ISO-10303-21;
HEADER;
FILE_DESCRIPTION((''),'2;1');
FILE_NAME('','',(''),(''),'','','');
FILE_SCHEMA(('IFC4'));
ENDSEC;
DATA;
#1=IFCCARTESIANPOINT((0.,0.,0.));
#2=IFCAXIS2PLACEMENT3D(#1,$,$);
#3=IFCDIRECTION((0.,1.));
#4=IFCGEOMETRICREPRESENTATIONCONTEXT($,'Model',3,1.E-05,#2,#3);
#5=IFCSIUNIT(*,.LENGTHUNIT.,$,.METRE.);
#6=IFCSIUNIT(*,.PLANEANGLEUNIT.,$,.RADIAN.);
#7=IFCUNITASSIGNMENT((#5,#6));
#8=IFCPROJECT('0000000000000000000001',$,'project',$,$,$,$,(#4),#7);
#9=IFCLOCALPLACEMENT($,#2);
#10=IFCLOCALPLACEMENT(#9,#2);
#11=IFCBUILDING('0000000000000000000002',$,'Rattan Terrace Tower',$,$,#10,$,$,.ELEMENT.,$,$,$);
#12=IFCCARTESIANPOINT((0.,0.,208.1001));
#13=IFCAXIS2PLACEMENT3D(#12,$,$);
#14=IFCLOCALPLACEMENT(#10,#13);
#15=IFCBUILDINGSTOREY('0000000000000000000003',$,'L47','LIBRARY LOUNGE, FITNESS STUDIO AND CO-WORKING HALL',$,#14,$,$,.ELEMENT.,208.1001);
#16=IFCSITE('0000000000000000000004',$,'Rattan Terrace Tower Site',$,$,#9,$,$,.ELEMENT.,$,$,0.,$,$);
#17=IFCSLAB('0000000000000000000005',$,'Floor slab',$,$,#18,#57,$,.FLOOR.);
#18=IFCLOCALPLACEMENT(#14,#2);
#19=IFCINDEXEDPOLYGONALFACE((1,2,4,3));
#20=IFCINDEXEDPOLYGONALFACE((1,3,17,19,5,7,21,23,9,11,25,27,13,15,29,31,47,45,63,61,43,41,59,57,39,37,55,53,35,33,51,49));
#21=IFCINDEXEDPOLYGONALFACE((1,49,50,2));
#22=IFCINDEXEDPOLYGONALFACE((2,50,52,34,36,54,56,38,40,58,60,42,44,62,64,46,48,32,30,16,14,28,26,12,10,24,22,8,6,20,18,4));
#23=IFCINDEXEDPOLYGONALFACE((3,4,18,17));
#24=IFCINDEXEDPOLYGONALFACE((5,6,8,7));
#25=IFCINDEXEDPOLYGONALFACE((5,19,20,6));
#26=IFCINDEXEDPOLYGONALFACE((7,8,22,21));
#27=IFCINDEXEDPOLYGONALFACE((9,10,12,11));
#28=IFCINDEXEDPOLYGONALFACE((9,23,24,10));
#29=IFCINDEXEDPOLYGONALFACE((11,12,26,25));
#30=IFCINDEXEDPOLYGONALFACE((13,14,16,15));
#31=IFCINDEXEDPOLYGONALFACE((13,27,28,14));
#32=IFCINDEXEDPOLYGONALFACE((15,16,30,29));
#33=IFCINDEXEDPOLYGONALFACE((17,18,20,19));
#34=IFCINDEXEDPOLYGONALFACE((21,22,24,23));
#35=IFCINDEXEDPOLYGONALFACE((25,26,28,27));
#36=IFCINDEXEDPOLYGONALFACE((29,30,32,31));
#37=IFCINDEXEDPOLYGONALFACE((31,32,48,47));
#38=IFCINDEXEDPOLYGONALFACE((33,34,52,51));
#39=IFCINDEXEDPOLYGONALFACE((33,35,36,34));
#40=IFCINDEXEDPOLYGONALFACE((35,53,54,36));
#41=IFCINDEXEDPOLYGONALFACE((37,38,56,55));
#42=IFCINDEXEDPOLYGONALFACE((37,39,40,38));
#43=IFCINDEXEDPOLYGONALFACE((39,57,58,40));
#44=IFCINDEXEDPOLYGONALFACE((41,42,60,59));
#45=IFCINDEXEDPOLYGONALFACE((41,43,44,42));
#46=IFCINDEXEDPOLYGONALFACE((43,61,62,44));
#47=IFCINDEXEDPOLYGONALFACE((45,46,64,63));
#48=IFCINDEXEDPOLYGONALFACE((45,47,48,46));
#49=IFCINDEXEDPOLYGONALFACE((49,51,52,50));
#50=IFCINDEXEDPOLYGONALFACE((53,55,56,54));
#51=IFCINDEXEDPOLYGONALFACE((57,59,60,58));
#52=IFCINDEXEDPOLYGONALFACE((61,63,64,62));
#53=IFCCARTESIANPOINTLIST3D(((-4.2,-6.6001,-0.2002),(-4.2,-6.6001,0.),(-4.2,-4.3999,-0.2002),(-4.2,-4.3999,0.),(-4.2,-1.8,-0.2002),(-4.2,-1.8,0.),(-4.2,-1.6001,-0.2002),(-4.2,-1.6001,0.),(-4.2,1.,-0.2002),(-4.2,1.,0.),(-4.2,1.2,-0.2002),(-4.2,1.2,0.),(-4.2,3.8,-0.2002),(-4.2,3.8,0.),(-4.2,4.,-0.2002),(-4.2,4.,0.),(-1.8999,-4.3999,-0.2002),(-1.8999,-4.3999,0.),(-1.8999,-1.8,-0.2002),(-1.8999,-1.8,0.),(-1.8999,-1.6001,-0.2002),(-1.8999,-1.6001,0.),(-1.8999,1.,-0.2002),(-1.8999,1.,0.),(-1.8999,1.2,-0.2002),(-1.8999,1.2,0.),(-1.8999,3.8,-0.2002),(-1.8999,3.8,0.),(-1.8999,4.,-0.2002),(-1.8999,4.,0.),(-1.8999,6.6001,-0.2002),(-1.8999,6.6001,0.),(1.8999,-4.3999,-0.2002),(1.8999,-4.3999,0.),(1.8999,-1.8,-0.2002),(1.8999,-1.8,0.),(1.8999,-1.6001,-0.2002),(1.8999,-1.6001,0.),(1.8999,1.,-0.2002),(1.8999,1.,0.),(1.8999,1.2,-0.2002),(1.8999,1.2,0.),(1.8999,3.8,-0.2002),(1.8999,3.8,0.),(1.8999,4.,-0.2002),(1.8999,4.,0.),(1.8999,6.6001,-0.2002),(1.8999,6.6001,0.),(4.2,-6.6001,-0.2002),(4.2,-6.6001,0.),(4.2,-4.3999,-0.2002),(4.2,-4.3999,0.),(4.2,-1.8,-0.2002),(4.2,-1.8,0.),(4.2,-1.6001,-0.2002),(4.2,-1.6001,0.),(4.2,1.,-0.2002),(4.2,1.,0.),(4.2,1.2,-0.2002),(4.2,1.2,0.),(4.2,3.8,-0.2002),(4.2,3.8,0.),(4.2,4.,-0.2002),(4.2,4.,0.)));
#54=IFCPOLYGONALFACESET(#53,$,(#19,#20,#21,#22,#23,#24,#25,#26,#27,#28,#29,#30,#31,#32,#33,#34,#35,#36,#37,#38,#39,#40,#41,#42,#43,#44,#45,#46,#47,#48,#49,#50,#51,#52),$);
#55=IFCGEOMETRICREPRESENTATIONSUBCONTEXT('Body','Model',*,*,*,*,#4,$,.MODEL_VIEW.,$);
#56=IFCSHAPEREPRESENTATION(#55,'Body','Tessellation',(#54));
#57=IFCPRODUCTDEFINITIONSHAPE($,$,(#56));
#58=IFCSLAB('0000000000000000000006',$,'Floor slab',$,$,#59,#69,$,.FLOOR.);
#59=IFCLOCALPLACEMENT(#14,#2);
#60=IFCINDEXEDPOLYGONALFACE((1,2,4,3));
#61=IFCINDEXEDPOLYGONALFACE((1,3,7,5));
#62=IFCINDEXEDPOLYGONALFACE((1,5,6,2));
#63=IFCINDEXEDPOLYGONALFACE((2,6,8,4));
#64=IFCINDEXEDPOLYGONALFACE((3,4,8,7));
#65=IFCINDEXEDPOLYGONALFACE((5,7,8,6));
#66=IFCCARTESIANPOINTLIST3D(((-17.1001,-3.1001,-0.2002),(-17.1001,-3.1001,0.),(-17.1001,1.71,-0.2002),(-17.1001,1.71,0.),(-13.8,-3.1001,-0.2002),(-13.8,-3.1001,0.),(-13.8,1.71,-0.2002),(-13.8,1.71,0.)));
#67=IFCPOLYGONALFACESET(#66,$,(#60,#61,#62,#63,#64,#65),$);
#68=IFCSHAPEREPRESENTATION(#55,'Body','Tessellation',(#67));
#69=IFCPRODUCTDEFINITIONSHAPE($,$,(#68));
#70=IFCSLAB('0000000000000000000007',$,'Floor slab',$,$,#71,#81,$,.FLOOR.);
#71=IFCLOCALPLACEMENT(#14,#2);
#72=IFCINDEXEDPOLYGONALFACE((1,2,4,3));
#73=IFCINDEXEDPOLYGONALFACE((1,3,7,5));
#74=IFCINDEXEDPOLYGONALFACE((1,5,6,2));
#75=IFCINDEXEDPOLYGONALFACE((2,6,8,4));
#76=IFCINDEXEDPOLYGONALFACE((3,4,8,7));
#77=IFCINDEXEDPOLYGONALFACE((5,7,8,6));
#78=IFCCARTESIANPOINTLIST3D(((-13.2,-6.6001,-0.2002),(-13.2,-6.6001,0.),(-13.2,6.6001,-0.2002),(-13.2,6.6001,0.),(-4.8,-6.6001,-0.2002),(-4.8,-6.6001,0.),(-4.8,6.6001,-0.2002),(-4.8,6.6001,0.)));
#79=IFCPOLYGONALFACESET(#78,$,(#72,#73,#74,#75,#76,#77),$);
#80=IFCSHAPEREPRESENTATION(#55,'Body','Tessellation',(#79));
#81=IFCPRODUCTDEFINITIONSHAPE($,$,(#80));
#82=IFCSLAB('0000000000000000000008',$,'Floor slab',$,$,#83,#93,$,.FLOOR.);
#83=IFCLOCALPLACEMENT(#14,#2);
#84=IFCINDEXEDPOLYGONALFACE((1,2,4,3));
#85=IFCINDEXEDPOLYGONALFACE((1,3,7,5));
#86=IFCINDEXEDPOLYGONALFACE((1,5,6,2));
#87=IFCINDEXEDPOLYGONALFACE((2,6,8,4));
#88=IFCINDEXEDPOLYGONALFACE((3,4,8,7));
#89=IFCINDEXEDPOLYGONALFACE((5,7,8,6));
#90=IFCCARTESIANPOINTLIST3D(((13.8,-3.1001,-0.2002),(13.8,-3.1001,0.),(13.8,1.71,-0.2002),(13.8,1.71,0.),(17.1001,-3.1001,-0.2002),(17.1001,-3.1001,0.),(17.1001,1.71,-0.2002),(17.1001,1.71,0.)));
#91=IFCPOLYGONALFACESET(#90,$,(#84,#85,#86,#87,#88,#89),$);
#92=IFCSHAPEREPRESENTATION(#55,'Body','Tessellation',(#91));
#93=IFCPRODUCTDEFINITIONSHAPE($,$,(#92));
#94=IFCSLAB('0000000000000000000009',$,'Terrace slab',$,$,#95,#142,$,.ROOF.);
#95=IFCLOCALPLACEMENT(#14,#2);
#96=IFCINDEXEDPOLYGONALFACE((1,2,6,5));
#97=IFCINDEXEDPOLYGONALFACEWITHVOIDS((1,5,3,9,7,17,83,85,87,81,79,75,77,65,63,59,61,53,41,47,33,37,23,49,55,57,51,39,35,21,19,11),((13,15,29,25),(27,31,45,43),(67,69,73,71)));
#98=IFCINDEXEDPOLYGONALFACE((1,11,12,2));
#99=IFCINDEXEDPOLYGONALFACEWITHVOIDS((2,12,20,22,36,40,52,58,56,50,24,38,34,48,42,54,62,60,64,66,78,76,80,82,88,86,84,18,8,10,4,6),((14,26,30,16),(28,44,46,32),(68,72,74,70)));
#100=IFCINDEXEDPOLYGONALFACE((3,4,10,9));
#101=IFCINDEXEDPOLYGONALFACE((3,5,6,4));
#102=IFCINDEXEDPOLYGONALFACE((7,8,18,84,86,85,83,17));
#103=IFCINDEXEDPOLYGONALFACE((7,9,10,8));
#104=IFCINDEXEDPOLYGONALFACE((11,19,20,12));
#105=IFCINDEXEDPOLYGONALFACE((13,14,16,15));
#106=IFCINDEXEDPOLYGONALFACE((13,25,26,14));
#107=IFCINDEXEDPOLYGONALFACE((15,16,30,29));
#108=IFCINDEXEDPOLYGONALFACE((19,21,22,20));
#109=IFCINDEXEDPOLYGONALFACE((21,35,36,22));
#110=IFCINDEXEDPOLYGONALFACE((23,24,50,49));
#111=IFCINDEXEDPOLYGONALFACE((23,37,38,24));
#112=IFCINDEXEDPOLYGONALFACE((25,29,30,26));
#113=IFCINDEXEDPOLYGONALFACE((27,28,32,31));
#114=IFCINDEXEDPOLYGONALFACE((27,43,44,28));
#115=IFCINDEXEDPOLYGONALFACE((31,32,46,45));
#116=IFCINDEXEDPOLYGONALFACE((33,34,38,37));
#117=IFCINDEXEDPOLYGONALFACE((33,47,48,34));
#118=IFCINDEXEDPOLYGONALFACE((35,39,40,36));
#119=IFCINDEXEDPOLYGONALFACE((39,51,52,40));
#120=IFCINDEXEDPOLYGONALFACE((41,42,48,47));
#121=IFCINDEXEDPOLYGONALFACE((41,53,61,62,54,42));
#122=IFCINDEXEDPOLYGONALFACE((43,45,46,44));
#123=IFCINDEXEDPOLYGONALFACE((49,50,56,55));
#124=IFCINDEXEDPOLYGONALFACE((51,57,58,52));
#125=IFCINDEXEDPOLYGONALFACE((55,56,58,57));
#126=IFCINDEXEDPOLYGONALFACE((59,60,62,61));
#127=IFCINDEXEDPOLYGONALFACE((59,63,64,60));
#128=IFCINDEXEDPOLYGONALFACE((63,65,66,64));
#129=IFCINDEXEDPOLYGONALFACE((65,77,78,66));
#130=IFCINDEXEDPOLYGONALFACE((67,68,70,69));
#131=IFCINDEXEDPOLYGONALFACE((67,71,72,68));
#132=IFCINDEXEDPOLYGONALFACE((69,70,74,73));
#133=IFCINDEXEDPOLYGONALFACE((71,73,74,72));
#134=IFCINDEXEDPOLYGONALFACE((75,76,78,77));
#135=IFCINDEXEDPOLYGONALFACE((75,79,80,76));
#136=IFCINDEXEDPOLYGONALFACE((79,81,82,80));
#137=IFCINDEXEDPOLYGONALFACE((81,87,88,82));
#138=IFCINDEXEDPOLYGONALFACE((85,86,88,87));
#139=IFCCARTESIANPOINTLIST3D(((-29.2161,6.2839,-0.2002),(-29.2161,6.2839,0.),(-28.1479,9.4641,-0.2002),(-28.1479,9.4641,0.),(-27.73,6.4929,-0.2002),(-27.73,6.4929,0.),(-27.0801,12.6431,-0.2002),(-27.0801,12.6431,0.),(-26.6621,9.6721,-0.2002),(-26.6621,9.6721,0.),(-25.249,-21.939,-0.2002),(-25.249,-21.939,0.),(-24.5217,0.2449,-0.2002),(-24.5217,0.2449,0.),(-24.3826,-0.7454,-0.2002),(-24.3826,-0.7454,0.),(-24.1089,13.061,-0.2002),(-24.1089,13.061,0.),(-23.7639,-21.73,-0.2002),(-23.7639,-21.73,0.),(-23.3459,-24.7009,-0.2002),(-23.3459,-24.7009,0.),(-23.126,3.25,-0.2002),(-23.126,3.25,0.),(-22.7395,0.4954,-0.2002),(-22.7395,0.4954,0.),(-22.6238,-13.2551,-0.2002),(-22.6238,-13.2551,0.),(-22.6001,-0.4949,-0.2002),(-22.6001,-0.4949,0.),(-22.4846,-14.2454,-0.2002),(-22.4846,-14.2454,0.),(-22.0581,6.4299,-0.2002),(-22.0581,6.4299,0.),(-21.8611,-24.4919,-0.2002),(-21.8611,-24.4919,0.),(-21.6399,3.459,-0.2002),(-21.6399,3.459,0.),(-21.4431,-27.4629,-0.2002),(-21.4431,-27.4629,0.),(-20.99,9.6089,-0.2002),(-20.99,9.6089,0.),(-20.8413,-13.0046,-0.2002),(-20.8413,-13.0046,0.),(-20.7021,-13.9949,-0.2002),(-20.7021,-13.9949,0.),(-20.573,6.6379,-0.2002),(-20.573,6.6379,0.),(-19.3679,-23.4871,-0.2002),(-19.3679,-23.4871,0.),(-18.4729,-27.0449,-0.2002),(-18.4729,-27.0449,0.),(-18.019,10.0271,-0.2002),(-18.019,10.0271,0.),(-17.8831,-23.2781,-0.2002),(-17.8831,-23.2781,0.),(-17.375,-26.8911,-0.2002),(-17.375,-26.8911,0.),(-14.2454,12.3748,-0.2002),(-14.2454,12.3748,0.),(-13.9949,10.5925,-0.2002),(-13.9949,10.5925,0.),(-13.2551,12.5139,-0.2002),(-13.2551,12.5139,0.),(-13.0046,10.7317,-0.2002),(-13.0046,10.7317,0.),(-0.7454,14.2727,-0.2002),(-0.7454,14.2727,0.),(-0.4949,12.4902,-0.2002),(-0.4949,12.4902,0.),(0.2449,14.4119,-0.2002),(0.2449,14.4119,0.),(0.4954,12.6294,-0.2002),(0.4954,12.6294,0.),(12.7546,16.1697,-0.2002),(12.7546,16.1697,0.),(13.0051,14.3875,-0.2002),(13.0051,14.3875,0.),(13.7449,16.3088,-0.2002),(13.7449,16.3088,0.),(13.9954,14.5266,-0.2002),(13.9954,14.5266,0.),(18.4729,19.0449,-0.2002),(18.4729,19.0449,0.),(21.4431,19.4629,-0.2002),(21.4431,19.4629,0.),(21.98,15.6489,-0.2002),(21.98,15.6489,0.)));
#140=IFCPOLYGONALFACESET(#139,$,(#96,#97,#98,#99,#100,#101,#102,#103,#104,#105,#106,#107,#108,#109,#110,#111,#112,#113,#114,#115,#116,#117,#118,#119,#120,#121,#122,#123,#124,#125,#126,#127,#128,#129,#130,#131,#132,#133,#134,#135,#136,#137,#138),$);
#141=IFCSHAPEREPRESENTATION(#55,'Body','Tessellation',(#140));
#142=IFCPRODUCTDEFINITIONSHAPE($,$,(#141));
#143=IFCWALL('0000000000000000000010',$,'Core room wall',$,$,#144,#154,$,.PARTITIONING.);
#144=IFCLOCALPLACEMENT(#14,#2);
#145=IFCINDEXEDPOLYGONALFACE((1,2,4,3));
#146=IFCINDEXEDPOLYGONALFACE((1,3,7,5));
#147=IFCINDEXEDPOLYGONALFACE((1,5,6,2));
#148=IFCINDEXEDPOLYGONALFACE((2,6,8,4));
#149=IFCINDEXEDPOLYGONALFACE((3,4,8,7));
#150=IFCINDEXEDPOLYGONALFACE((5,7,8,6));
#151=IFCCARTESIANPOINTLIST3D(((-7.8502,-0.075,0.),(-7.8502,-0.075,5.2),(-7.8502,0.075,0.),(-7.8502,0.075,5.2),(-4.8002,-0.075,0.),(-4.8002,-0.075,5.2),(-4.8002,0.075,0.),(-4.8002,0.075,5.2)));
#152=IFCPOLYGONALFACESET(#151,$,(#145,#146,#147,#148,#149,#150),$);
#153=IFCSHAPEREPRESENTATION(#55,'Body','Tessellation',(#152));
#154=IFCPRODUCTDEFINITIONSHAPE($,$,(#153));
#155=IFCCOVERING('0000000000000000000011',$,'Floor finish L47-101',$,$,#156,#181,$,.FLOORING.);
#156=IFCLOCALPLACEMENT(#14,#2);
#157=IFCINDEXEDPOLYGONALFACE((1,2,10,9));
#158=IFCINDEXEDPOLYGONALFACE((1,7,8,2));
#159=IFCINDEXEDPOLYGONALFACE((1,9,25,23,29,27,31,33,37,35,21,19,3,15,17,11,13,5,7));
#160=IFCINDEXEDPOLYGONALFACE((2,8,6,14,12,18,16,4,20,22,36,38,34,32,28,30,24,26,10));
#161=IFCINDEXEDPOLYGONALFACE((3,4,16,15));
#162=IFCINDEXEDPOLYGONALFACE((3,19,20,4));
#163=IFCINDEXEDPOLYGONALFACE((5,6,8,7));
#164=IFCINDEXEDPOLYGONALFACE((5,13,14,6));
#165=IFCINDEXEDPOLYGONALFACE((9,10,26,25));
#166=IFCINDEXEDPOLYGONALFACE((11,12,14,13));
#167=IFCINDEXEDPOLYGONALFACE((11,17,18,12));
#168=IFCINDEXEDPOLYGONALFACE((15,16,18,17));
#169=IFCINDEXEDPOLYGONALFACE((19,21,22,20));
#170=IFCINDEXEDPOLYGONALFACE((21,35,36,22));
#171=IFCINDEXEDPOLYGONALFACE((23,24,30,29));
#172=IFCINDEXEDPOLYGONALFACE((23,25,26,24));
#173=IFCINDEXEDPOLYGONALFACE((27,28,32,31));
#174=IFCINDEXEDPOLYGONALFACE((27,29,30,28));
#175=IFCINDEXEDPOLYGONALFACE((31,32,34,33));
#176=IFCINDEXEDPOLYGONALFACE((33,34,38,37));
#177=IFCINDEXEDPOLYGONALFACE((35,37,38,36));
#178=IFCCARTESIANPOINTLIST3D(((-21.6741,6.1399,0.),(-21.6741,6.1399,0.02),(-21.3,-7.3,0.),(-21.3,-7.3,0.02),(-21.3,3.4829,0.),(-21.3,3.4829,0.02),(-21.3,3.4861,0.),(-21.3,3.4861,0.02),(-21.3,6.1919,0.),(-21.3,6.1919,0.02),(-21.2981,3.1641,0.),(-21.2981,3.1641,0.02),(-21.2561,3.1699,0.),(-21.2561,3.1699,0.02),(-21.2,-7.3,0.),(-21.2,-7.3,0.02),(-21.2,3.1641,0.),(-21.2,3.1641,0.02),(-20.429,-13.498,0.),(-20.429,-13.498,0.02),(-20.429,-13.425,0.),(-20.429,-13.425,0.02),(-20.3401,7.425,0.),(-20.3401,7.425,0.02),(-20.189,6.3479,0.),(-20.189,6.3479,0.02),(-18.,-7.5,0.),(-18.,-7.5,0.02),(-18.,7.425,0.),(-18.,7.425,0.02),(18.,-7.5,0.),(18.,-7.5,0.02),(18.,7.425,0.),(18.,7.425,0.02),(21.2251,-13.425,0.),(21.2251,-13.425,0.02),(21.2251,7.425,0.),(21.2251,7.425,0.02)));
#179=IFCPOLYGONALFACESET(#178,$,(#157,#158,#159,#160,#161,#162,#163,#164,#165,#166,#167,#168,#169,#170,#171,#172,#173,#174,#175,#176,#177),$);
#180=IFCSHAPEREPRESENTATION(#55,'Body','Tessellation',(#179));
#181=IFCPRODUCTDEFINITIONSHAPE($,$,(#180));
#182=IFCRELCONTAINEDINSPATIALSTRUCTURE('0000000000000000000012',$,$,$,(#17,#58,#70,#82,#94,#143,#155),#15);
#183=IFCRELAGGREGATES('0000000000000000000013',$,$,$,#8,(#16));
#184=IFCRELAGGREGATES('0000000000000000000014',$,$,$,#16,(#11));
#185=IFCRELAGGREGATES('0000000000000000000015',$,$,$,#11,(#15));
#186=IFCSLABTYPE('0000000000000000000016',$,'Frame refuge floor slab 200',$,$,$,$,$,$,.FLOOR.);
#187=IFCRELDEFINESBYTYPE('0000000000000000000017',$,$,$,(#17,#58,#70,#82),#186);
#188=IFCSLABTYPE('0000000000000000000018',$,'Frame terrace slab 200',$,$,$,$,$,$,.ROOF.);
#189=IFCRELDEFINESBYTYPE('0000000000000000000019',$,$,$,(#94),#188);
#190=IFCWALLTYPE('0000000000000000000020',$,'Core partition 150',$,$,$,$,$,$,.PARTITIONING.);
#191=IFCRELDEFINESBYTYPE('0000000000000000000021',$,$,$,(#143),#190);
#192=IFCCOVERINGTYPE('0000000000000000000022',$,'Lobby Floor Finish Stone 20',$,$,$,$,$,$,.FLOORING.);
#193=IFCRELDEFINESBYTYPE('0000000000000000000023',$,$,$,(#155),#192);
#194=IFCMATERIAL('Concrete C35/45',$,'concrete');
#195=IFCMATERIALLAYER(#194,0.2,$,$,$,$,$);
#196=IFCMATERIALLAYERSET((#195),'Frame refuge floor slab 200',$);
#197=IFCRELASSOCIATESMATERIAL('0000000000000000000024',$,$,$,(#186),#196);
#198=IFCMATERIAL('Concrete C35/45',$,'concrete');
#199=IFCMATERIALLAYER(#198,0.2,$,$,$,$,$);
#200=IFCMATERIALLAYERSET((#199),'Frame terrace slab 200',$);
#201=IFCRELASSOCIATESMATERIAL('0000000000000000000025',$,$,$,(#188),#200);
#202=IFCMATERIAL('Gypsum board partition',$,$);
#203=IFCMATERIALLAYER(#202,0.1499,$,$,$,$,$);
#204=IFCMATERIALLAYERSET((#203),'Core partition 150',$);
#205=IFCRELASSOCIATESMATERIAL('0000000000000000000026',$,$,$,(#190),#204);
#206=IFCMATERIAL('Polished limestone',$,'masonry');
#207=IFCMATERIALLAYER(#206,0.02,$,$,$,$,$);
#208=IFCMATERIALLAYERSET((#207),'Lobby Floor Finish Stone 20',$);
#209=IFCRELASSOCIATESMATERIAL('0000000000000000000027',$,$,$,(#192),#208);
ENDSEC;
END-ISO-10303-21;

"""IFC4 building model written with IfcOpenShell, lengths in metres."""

from ifc_helpers import new_model, si_unit, direction, frame, frame_2d, origin, place, context, subcontext, project, spatial, polyline, rectangle, outline, extrude, material, layer, layer_set, type_object, element, save


model = new_model("IFC4")

# Units and contexts
model_context = context("Model", 3, precision=1e-05, world=origin(), true_north=direction((0.0, 1.0)))
body_context = subcontext(model_context, "Body", "Model", "MODEL_VIEW")
ifc_project = project(units=[si_unit("LENGTHUNIT", "METRE"), si_unit("PLANEANGLEUNIT", "RADIAN")], contexts=[model_context])

# Site, building, storey
site_placement = place(None, origin())
site = spatial("IfcSite", under=ifc_project, at=site_placement, Name="Rattan Terrace Tower Site", CompositionType="ELEMENT", RefElevation=0.0)
building_placement = place(site_placement, origin())
building = spatial("IfcBuilding", under=site, at=building_placement, Name="Rattan Terrace Tower", CompositionType="ELEMENT")
storey_placement = place(building_placement, frame((0.0, 0.0, 208.1001)))
storey = spatial("IfcBuildingStorey", under=building, at=storey_placement, Name="L47", Description="LIBRARY LOUNGE, FITNESS STUDIO AND CO-WORKING HALL", CompositionType="ELEMENT", Elevation=208.1001)

# Slabs
ifc_material_1 = material(Name="Concrete C35/45", Category="concrete")
ifc_layer_1 = layer(ifc_material_1, 0.2)
ifc_layer_set_1 = layer_set([ifc_layer_1], Name="Frame refuge floor slab 200")
slab_type_1 = type_object("IfcSlabType", Name="Frame refuge floor slab 200", PredefinedType="FLOOR", material=ifc_layer_set_1)
slab_1_placement = place(storey_placement, frame((0.0, 0.0, -0.2002)))
element("IfcSlab", 1, at=slab_1_placement, inside=storey, type_object=slab_type_1, Name="Floor slab", PredefinedType="FLOOR", context=body_context, shape_type="SweptSolid", body=[
    extrude(outline(polyline([(1.8999, 6.6001), (-1.8999, 6.6001), (-1.8999, 4.0), (-4.2, 4.0), (-4.2, 3.8), (-1.8999, 3.8), (-1.8999, 1.2), (-4.2, 1.2), (-4.2, 1.0), (-1.8999, 1.0), (-1.8999, -1.6001), (-4.2, -1.6001), (-4.2, -1.8), (-1.8999, -1.8), (-1.8999, -4.3999), (-4.2, -4.3999), (-4.2, -6.6001), (4.2, -6.6001), (4.2, -4.3999), (1.8999, -4.3999), (1.8999, -1.8), (4.2, -1.8), (4.2, -1.6001), (1.8999, -1.6001), (1.8999, 1.0), (4.2, 1.0), (4.2, 1.2), (1.8999, 1.2), (1.8999, 3.8), (4.2, 3.8), (4.2, 4.0), (1.8999, 4.0), (1.8999, 6.6001)])), origin(), (0.0, 0.0, 1.0), 0.2002),
])
slab_2_placement = place(storey_placement, frame((0.0, 0.0, -0.2002)))
element("IfcSlab", 2, at=slab_2_placement, inside=storey, type_object=slab_type_1, Name="Floor slab", PredefinedType="FLOOR", context=body_context, shape_type="SweptSolid", body=[
    extrude(outline(polyline([(-17.1001, -3.1001), (-13.8, -3.1001), (-13.8, 1.71), (-17.1001, 1.71), (-17.1001, -3.1001)])), origin(), (0.0, 0.0, 1.0), 0.2002),
])
slab_3_placement = place(storey_placement, frame((0.0, 0.0, -0.2002)))
element("IfcSlab", 3, at=slab_3_placement, inside=storey, type_object=slab_type_1, Name="Floor slab", PredefinedType="FLOOR", context=body_context, shape_type="SweptSolid", body=[
    extrude(outline(polyline([(-4.8, -6.6001), (-4.8, 6.6001), (-13.2, 6.6001), (-13.2, -6.6001), (-4.8, -6.6001)])), origin(), (0.0, 0.0, 1.0), 0.2002),
])
slab_4_placement = place(storey_placement, frame((0.0, 0.0, -0.2002)))
element("IfcSlab", 4, at=slab_4_placement, inside=storey, type_object=slab_type_1, Name="Floor slab", PredefinedType="FLOOR", context=body_context, shape_type="SweptSolid", body=[
    extrude(outline(polyline([(13.8, -3.1001), (17.1001, -3.1001), (17.1001, 1.71), (13.8, 1.71), (13.8, -3.1001)])), origin(), (0.0, 0.0, 1.0), 0.2002),
])
ifc_material_2 = material(Name="Concrete C35/45", Category="concrete")
ifc_layer_2 = layer(ifc_material_2, 0.2)
ifc_layer_set_2 = layer_set([ifc_layer_2], Name="Frame terrace slab 200")
slab_type_2 = type_object("IfcSlabType", Name="Frame terrace slab 200", PredefinedType="ROOF", material=ifc_layer_set_2)
slab_5_placement = place(storey_placement, frame((0.0, 0.0, -0.2002)))
element("IfcSlab", 5, at=slab_5_placement, inside=storey, type_object=slab_type_2, Name="Terrace slab", PredefinedType="ROOF", context=body_context, shape_type="SweptSolid", body=[
    extrude(outline(polyline([(-18.019, 10.0271), (-13.9949, 10.5925), (-14.2454, 12.3748), (-13.2551, 12.5139), (-13.0046, 10.7317), (13.0051, 14.3875), (12.7546, 16.1697), (13.7449, 16.3088), (13.9954, 14.5266), (21.98, 15.6489), (21.4431, 19.4629), (18.4729, 19.0449), (-24.1089, 13.061), (-27.0801, 12.6431), (-26.6621, 9.6721), (-28.1479, 9.4641), (-27.73, 6.4929), (-29.2161, 6.2839), (-25.249, -21.939), (-23.7639, -21.73), (-23.3459, -24.7009), (-21.8611, -24.4919), (-21.4431, -27.4629), (-18.4729, -27.0449), (-17.375, -26.8911), (-17.8831, -23.2781), (-19.3679, -23.4871), (-23.126, 3.25), (-21.6399, 3.459), (-22.0581, 6.4299), (-20.573, 6.6379), (-20.99, 9.6089), (-18.019, 10.0271)]), holes=[polyline([(-20.8413, -13.0046), (-22.6238, -13.2551), (-22.4846, -14.2454), (-20.7021, -13.9949), (-20.8413, -13.0046)]), polyline([(-24.5217, 0.2449), (-24.3826, -0.7454), (-22.6001, -0.4949), (-22.7395, 0.4954), (-24.5217, 0.2449)]), polyline([(0.4954, 12.6294), (0.2449, 14.4119), (-0.7454, 14.2727), (-0.4949, 12.4902), (0.4954, 12.6294)])]), origin(), (0.0, 0.0, 1.0), 0.2002),
])

# Wall
ifc_material_3 = material(Name="Gypsum board partition")
ifc_layer_3 = layer(ifc_material_3, 0.1499)
ifc_layer_set_3 = layer_set([ifc_layer_3], Name="Core partition 150")
wall_type = type_object("IfcWallType", Name="Core partition 150", PredefinedType="PARTITIONING", material=ifc_layer_set_3)
wall_placement = place(storey_placement, frame((-7.8501, 0.0, 0.0), z_axis=(0.0, 0.0, 1.0), x_axis=(1.0, 0.0, 0.0)))
element("IfcWall", 6, at=wall_placement, inside=storey, type_object=wall_type, Name="Core room wall", PredefinedType="PARTITIONING", context=body_context, shape_type="SweptSolid", body=[
    extrude(rectangle(XDim=3.05, YDim=0.1499, at=frame_2d((1.5249, 0.0))), origin(), (0.0, 0.0, 1.0), 5.2),
])

# Covering
ifc_material_4 = material(Name="Polished limestone", Category="masonry")
ifc_layer_4 = layer(ifc_material_4, 0.02)
ifc_layer_set_4 = layer_set([ifc_layer_4], Name="Lobby Floor Finish Stone 20")
covering_type_1 = type_object("IfcCoveringType", Name="Lobby Floor Finish Stone 20", PredefinedType="FLOORING", material=ifc_layer_set_4)
covering_1_placement = place(storey_placement, origin())
element("IfcCovering", 7, at=covering_1_placement, inside=storey, type_object=covering_type_1, Name="Floor finish L47-101", PredefinedType="FLOORING", context=body_context, shape_type="SweptSolid", body=[
    extrude(outline(polyline([(-21.6741, 6.1399), (-21.3, 3.4861), (-21.3, 3.4829), (-21.2561, 3.1699), (-21.2981, 3.1641), (-21.2, 3.1641), (-21.2, -7.3), (-21.3, -7.3), (-20.429, -13.498), (-20.429, -13.425), (21.2251, -13.425), (21.2251, 7.425), (18.0, 7.425), (18.0, -7.5), (-18.0, -7.5), (-18.0, 7.425), (-20.3401, 7.425), (-20.189, 6.3479), (-21.3, 6.1919), (-21.6741, 6.1399)])), origin(), (0.0, 0.0, 1.0), 0.02),
])

save(model, "model.ifc")
